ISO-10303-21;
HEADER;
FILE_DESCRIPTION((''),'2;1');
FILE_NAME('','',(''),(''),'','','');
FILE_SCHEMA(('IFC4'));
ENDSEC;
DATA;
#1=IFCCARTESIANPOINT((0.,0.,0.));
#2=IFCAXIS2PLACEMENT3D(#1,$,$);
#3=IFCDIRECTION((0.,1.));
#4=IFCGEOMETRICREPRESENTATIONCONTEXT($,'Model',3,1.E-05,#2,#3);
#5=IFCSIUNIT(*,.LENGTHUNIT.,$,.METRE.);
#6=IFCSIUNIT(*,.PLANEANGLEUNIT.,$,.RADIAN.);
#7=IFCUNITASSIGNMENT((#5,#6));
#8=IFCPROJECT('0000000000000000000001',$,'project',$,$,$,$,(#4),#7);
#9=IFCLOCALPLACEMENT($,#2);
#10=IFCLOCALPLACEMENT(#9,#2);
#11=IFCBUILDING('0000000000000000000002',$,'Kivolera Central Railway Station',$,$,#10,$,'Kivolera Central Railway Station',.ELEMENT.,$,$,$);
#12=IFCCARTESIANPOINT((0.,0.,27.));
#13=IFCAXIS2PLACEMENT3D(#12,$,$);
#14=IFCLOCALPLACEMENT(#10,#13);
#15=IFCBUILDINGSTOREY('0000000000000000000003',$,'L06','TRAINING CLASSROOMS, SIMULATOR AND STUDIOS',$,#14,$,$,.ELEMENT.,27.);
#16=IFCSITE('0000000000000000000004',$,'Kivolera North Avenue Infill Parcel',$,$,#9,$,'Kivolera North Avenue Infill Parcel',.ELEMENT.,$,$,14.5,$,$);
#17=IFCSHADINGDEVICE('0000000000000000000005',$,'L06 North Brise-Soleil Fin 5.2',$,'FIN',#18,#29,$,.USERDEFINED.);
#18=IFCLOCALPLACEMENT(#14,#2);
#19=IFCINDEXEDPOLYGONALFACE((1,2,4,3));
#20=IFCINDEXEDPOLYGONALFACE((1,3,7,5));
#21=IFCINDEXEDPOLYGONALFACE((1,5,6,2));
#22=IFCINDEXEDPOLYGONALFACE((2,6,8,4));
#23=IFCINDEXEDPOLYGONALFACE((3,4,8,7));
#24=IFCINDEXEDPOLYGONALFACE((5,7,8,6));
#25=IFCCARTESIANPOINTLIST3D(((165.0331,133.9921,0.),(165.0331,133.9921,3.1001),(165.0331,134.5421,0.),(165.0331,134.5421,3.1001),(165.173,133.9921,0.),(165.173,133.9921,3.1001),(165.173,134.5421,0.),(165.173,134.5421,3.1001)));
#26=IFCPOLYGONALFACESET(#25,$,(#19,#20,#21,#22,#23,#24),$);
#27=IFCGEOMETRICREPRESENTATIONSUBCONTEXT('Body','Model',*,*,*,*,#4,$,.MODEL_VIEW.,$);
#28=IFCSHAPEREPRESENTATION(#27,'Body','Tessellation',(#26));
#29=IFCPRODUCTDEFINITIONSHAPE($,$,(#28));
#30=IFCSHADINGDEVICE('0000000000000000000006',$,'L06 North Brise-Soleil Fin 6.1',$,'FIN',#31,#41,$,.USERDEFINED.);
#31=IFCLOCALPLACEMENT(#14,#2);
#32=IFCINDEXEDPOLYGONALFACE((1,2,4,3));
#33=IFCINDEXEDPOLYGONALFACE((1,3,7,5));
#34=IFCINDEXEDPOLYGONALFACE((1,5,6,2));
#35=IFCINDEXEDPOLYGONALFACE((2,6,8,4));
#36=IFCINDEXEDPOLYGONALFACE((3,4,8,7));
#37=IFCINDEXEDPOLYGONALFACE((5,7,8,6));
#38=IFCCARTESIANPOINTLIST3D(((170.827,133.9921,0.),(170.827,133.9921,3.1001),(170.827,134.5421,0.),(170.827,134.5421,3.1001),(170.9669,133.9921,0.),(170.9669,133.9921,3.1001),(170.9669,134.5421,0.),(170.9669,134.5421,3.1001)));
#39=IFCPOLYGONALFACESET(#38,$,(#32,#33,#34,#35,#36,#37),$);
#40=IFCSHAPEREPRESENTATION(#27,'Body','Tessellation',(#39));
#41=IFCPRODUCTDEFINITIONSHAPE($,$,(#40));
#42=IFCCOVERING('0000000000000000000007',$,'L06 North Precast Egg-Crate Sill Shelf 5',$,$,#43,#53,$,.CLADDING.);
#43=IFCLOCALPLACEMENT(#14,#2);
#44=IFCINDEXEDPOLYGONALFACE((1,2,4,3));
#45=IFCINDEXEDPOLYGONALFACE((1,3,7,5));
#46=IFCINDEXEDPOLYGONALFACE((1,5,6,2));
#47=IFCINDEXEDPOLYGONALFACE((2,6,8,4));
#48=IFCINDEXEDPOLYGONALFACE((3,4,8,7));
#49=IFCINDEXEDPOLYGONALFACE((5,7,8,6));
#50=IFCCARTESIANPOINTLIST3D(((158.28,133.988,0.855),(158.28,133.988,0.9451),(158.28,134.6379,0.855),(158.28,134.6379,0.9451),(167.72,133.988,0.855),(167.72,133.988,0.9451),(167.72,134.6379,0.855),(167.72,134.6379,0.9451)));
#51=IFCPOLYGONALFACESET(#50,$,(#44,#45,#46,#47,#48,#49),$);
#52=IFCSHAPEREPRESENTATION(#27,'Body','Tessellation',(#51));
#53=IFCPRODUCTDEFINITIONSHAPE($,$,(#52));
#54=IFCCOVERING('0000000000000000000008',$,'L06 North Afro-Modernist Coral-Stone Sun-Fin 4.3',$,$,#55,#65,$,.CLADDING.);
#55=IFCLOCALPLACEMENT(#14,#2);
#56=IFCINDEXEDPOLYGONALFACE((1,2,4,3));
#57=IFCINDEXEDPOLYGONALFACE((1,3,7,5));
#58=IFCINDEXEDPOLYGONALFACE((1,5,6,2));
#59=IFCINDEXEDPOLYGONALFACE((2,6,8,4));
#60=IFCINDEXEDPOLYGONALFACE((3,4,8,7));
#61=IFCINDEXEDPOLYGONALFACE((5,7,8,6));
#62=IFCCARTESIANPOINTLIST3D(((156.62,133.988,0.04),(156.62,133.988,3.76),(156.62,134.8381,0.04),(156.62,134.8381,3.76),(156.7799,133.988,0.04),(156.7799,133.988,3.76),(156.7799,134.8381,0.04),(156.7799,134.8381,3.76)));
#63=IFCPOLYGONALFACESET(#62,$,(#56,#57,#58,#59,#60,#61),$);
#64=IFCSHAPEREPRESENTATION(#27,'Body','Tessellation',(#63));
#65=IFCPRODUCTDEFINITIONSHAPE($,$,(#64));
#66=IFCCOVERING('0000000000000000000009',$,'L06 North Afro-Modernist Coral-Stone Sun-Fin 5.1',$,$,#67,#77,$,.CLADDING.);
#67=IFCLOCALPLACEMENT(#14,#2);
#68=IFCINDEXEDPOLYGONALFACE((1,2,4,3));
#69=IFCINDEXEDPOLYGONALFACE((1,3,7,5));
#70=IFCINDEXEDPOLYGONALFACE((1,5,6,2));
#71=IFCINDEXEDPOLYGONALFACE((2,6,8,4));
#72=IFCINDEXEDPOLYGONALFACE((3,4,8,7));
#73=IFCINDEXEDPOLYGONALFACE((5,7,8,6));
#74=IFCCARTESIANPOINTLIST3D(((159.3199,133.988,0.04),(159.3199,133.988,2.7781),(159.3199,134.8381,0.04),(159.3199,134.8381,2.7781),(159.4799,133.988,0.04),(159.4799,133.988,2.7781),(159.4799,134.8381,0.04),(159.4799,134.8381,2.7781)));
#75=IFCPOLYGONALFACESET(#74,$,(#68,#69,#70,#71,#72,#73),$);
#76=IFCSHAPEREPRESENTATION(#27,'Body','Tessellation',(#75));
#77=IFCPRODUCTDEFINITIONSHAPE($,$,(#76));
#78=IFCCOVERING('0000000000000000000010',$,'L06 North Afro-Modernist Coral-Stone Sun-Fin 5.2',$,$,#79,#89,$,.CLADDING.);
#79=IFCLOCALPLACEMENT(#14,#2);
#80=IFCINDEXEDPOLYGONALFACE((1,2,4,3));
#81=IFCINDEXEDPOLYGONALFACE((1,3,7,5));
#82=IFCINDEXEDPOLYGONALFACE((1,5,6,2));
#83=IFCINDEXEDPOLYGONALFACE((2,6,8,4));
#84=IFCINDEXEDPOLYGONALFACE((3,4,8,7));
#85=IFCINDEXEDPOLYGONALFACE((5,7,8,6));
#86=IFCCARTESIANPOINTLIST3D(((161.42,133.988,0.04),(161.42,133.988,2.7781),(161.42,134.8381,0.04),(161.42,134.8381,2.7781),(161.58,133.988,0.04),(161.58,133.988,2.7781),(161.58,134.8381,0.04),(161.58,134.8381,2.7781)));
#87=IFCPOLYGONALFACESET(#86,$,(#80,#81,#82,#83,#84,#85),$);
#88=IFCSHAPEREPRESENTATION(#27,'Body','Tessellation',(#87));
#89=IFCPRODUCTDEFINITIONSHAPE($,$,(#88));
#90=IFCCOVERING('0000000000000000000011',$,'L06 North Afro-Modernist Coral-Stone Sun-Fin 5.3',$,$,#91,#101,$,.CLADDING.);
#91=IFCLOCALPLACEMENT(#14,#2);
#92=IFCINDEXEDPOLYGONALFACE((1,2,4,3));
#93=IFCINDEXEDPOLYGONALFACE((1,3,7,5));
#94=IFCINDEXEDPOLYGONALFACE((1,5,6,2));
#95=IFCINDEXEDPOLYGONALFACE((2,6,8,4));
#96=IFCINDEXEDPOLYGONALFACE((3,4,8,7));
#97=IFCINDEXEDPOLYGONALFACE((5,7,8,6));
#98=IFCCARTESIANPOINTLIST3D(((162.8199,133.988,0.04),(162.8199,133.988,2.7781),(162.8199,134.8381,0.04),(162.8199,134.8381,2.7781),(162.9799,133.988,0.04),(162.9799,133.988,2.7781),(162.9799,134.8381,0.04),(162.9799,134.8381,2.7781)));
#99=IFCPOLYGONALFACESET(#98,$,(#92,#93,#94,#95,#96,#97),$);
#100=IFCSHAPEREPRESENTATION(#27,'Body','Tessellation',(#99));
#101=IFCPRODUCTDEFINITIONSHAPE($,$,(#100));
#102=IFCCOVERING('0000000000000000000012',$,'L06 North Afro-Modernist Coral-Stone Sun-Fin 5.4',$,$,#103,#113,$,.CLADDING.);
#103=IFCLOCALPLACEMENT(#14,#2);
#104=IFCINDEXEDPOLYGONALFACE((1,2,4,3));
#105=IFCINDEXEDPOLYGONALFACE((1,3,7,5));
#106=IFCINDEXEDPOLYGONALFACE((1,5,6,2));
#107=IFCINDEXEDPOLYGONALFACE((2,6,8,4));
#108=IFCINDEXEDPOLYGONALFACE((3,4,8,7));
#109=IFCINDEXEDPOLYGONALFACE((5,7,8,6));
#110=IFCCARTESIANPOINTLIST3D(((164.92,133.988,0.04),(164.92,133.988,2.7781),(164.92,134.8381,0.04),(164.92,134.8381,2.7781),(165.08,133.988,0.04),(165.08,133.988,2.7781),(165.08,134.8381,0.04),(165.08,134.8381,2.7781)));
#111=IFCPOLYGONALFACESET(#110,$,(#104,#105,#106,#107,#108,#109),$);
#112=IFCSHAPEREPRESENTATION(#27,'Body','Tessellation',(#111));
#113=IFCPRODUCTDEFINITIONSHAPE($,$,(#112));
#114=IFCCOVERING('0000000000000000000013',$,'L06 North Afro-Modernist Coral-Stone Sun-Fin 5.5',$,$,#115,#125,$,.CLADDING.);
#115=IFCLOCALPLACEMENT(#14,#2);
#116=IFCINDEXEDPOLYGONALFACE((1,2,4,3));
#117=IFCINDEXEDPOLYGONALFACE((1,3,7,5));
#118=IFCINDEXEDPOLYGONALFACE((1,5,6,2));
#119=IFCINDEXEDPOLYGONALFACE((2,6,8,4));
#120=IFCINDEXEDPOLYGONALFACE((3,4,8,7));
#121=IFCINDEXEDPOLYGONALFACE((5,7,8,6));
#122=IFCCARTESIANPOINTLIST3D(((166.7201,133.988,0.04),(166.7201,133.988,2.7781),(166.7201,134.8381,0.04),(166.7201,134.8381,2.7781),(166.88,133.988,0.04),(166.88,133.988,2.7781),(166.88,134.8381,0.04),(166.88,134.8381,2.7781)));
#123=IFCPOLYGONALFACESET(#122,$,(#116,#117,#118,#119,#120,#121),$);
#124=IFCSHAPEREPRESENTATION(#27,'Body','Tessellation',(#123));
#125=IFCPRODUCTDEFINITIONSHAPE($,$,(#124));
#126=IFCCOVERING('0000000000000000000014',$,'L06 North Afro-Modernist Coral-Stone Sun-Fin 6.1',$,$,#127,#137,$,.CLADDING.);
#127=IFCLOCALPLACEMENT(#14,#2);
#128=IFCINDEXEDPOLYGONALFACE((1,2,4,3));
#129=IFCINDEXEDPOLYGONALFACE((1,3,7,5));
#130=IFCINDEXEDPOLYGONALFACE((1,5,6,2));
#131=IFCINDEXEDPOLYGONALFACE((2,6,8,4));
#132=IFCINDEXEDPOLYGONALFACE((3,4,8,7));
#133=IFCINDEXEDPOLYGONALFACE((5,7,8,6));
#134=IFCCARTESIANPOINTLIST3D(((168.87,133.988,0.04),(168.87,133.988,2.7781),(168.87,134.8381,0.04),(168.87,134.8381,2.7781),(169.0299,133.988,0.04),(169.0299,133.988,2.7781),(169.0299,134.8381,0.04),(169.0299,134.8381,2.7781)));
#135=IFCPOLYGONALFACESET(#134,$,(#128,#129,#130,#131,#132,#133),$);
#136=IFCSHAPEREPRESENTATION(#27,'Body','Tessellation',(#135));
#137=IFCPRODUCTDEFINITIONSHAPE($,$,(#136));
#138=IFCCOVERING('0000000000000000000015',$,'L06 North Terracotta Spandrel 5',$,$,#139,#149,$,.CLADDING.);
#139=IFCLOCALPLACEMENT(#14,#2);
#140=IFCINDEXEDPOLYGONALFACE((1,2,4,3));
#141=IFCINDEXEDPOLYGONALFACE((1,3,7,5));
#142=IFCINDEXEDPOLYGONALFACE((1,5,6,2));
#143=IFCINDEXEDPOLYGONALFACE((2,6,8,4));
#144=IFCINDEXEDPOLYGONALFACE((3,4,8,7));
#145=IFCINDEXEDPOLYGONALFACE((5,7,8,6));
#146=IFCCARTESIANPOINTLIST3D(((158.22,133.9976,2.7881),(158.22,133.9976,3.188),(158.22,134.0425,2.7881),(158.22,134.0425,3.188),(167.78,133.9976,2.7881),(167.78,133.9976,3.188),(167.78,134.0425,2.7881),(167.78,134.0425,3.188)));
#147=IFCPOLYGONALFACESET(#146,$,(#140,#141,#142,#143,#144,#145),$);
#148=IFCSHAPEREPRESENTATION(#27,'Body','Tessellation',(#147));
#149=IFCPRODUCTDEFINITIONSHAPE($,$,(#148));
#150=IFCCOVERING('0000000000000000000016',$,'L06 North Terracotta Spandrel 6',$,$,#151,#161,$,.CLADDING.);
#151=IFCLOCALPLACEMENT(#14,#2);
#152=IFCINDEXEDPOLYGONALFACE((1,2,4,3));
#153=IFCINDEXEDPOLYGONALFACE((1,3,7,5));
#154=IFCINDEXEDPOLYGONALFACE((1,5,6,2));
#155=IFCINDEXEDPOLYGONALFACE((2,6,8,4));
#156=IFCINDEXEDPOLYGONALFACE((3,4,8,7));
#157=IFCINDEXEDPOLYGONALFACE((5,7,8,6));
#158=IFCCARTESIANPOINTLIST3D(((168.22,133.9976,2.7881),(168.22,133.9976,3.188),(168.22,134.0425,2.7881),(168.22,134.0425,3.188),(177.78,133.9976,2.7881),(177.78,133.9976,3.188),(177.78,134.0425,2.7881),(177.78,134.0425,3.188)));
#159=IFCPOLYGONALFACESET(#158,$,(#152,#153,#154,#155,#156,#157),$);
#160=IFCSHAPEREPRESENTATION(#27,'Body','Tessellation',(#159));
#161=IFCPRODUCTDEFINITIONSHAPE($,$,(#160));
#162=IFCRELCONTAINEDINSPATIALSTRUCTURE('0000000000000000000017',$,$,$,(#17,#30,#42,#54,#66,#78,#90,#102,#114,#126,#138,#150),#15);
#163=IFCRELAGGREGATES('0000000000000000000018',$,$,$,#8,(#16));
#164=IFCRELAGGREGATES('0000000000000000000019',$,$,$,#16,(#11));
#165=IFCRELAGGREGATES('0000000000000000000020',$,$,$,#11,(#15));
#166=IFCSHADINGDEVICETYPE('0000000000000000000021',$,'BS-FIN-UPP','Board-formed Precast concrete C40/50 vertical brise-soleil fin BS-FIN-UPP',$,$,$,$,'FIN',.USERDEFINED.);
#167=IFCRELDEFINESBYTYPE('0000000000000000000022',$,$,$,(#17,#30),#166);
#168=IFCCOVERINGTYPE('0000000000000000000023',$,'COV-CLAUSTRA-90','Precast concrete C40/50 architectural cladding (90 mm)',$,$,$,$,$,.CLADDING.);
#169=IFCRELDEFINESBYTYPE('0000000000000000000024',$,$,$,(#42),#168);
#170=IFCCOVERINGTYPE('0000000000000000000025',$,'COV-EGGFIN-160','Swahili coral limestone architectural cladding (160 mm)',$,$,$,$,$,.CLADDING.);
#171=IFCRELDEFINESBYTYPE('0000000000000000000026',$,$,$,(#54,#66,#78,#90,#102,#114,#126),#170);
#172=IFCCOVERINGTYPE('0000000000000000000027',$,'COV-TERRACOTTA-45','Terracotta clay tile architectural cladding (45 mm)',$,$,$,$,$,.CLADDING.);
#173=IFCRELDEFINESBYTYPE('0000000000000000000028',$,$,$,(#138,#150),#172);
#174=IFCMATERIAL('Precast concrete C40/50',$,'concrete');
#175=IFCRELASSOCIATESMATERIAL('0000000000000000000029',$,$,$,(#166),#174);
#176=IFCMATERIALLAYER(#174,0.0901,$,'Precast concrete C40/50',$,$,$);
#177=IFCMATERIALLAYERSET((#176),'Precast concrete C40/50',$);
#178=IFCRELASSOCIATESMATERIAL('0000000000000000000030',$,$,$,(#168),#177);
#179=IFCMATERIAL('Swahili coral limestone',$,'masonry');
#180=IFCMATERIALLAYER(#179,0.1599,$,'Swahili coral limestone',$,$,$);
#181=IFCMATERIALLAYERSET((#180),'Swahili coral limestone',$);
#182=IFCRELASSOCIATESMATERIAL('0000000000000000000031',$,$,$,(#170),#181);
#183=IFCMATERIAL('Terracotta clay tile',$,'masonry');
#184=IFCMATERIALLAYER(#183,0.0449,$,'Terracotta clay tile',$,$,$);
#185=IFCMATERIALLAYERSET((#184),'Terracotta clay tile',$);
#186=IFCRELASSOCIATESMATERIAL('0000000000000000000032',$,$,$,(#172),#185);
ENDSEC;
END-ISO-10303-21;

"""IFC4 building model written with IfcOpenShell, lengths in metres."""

from ifc_helpers import new_model, si_unit, direction, frame, frame_2d, origin, origin_2d, place, context, subcontext, project, spatial, rectangle, extrude, material, layer, layer_set, type_object, element, save


model = new_model("IFC4")

# Units and contexts
model_context = context("Model", 3, precision=1e-05, world=origin(), true_north=direction((0.0, 1.0)))
body_context = subcontext(model_context, "Body", "Model", "MODEL_VIEW")
ifc_project = project(units=[si_unit("LENGTHUNIT", "METRE"), si_unit("PLANEANGLEUNIT", "RADIAN")], contexts=[model_context])

# Site, building, storey
site_placement = place(None, origin())
site = spatial("IfcSite", under=ifc_project, at=site_placement, Name="Kivolera North Avenue Infill Parcel", LongName="Kivolera North Avenue Infill Parcel", CompositionType="ELEMENT", RefElevation=14.5)
building_placement = place(site_placement, origin())
building = spatial("IfcBuilding", under=site, at=building_placement, Name="Kivolera Central Railway Station", LongName="Kivolera Central Railway Station", CompositionType="ELEMENT")
storey_placement = place(building_placement, frame((0.0, 0.0, 27.0)))
storey = spatial("IfcBuildingStorey", under=building, at=storey_placement, Name="L06", Description="TRAINING CLASSROOMS, SIMULATOR AND STUDIOS", CompositionType="ELEMENT", Elevation=27.0)

# Shared definitions
ifc_material_1 = material(Name="Swahili coral limestone", Category="masonry")

# Shading devices
ifc_material_2 = material(Name="Precast concrete C40/50", Category="concrete")
shading_device_type = type_object("IfcShadingDeviceType", Name="BS-FIN-UPP", Description="Board-formed Precast concrete C40/50 vertical brise-soleil fin BS-FIN-UPP", ElementType="FIN", PredefinedType="USERDEFINED", material=ifc_material_2)
for number, where, z_axis, x_axis, name in (
    (1, (165.103, 134.2671, 0.0), (0.0, 0.0, 1.0), (1.0, 0.0, 0.0), "L06 North Brise-Soleil Fin 5.2"),
    (2, (170.897, 134.2671, 0.0), (0.0, 0.0, 1.0), (1.0, 0.0, 0.0), "L06 North Brise-Soleil Fin 6.1"),
):
    element("IfcShadingDevice", number, at=place(storey_placement, frame(where, z_axis=z_axis, x_axis=x_axis)), inside=storey, type_object=shading_device_type, Name=name, ObjectType="FIN", PredefinedType="USERDEFINED", context=body_context, shape_type="SweptSolid", body=[
        extrude(rectangle(XDim=0.1399, YDim=0.55, at=origin_2d()), origin(), (0.0, 0.0, 1.0), 3.1001),
    ])

# Coverings
ifc_layer_1 = layer(ifc_material_2, 0.0901, Name="Precast concrete C40/50")
ifc_layer_set_1 = layer_set([ifc_layer_1], Name="Precast concrete C40/50")
covering_type_1 = type_object("IfcCoveringType", Name="COV-CLAUSTRA-90", Description="Precast concrete C40/50 architectural cladding (90 mm)", PredefinedType="CLADDING", material=ifc_layer_set_1)
covering_1_placement = place(storey_placement, frame((163.0, 134.313, 0.855), z_axis=(0.0, 0.0, 1.0), x_axis=(1.0, 0.0, 0.0)))
element("IfcCovering", 3, at=covering_1_placement, inside=storey, type_object=covering_type_1, Name="L06 North Precast Egg-Crate Sill Shelf 5", PredefinedType="CLADDING", context=body_context, shape_type="SweptSolid", body=[
    extrude(rectangle(XDim=9.4399, YDim=0.6499, at=origin_2d()), origin(), (0.0, 0.0, 1.0), 0.0901),
])
ifc_layer_2 = layer(ifc_material_1, 0.1599, Name="Swahili coral limestone")
ifc_layer_set_2 = layer_set([ifc_layer_2], Name="Swahili coral limestone")
covering_type_2 = type_object("IfcCoveringType", Name="COV-EGGFIN-160", Description="Swahili coral limestone architectural cladding (160 mm)", PredefinedType="CLADDING", material=ifc_layer_set_2)
covering_2_placement = place(storey_placement, frame((156.7, 134.4131, 0.04), z_axis=(0.0, 0.0, 1.0), x_axis=(1.0, 0.0, 0.0)))
element("IfcCovering", 4, at=covering_2_placement, inside=storey, type_object=covering_type_2, Name="L06 North Afro-Modernist Coral-Stone Sun-Fin 4.3", PredefinedType="CLADDING", context=body_context, shape_type="SweptSolid", body=[
    extrude(rectangle(XDim=0.1599, YDim=0.8501, at=origin_2d()), origin(), (0.0, 0.0, 1.0), 3.72),
])
for number, where, z_axis, x_axis, name in (
    (5, (159.3999, 134.4131, 0.04), (0.0, 0.0, 1.0), (1.0, 0.0, 0.0), "L06 North Afro-Modernist Coral-Stone Sun-Fin 5.1"),
    (6, (161.5, 134.4131, 0.04), (0.0, 0.0, 1.0), (1.0, 0.0, 0.0), "L06 North Afro-Modernist Coral-Stone Sun-Fin 5.2"),
    (7, (162.8999, 134.4131, 0.04), (0.0, 0.0, 1.0), (1.0, 0.0, 0.0), "L06 North Afro-Modernist Coral-Stone Sun-Fin 5.3"),
    (8, (165.0, 134.4131, 0.04), (0.0, 0.0, 1.0), (1.0, 0.0, 0.0), "L06 North Afro-Modernist Coral-Stone Sun-Fin 5.4"),
    (9, (166.8, 134.4131, 0.04), (0.0, 0.0, 1.0), (1.0, 0.0, 0.0), "L06 North Afro-Modernist Coral-Stone Sun-Fin 5.5"),
    (10, (168.95, 134.4131, 0.04), (0.0, 0.0, 1.0), (1.0, 0.0, 0.0), "L06 North Afro-Modernist Coral-Stone Sun-Fin 6.1"),
):
    element("IfcCovering", number, at=place(storey_placement, frame(where, z_axis=z_axis, x_axis=x_axis)), inside=storey, type_object=covering_type_2, Name=name, PredefinedType="CLADDING", context=body_context, shape_type="SweptSolid", body=[
        extrude(rectangle(XDim=0.1599, YDim=0.8501, at=origin_2d()), origin(), (0.0, 0.0, 1.0), 2.738),
    ])
ifc_material_3 = material(Name="Terracotta clay tile", Category="masonry")
ifc_layer_3 = layer(ifc_material_3, 0.0449, Name="Terracotta clay tile")
ifc_layer_set_3 = layer_set([ifc_layer_3], Name="Terracotta clay tile")
covering_type_3 = type_object("IfcCoveringType", Name="COV-TERRACOTTA-45", Description="Terracotta clay tile architectural cladding (45 mm)", PredefinedType="CLADDING", material=ifc_layer_set_3)
for number, where, z_axis, x_axis, name in (
    (11, (158.22, 134.02, 2.7881), (0.0, 0.0, 1.0), (1.0, 0.0, 0.0), "L06 North Terracotta Spandrel 5"),
    (12, (168.22, 134.02, 2.7881), (0.0, 0.0, 1.0), (1.0, 0.0, 0.0), "L06 North Terracotta Spandrel 6"),
):
    element("IfcCovering", number, at=place(storey_placement, frame(where, z_axis=z_axis, x_axis=x_axis)), inside=storey, type_object=covering_type_3, Name=name, PredefinedType="CLADDING", context=body_context, shape_type="SweptSolid", body=[
        extrude(rectangle(XDim=9.5601, YDim=0.0449, at=frame_2d((4.78, 0.0))), origin(), (0.0, 0.0, 1.0), 0.3999),
    ])

save(model, "model.ifc")
